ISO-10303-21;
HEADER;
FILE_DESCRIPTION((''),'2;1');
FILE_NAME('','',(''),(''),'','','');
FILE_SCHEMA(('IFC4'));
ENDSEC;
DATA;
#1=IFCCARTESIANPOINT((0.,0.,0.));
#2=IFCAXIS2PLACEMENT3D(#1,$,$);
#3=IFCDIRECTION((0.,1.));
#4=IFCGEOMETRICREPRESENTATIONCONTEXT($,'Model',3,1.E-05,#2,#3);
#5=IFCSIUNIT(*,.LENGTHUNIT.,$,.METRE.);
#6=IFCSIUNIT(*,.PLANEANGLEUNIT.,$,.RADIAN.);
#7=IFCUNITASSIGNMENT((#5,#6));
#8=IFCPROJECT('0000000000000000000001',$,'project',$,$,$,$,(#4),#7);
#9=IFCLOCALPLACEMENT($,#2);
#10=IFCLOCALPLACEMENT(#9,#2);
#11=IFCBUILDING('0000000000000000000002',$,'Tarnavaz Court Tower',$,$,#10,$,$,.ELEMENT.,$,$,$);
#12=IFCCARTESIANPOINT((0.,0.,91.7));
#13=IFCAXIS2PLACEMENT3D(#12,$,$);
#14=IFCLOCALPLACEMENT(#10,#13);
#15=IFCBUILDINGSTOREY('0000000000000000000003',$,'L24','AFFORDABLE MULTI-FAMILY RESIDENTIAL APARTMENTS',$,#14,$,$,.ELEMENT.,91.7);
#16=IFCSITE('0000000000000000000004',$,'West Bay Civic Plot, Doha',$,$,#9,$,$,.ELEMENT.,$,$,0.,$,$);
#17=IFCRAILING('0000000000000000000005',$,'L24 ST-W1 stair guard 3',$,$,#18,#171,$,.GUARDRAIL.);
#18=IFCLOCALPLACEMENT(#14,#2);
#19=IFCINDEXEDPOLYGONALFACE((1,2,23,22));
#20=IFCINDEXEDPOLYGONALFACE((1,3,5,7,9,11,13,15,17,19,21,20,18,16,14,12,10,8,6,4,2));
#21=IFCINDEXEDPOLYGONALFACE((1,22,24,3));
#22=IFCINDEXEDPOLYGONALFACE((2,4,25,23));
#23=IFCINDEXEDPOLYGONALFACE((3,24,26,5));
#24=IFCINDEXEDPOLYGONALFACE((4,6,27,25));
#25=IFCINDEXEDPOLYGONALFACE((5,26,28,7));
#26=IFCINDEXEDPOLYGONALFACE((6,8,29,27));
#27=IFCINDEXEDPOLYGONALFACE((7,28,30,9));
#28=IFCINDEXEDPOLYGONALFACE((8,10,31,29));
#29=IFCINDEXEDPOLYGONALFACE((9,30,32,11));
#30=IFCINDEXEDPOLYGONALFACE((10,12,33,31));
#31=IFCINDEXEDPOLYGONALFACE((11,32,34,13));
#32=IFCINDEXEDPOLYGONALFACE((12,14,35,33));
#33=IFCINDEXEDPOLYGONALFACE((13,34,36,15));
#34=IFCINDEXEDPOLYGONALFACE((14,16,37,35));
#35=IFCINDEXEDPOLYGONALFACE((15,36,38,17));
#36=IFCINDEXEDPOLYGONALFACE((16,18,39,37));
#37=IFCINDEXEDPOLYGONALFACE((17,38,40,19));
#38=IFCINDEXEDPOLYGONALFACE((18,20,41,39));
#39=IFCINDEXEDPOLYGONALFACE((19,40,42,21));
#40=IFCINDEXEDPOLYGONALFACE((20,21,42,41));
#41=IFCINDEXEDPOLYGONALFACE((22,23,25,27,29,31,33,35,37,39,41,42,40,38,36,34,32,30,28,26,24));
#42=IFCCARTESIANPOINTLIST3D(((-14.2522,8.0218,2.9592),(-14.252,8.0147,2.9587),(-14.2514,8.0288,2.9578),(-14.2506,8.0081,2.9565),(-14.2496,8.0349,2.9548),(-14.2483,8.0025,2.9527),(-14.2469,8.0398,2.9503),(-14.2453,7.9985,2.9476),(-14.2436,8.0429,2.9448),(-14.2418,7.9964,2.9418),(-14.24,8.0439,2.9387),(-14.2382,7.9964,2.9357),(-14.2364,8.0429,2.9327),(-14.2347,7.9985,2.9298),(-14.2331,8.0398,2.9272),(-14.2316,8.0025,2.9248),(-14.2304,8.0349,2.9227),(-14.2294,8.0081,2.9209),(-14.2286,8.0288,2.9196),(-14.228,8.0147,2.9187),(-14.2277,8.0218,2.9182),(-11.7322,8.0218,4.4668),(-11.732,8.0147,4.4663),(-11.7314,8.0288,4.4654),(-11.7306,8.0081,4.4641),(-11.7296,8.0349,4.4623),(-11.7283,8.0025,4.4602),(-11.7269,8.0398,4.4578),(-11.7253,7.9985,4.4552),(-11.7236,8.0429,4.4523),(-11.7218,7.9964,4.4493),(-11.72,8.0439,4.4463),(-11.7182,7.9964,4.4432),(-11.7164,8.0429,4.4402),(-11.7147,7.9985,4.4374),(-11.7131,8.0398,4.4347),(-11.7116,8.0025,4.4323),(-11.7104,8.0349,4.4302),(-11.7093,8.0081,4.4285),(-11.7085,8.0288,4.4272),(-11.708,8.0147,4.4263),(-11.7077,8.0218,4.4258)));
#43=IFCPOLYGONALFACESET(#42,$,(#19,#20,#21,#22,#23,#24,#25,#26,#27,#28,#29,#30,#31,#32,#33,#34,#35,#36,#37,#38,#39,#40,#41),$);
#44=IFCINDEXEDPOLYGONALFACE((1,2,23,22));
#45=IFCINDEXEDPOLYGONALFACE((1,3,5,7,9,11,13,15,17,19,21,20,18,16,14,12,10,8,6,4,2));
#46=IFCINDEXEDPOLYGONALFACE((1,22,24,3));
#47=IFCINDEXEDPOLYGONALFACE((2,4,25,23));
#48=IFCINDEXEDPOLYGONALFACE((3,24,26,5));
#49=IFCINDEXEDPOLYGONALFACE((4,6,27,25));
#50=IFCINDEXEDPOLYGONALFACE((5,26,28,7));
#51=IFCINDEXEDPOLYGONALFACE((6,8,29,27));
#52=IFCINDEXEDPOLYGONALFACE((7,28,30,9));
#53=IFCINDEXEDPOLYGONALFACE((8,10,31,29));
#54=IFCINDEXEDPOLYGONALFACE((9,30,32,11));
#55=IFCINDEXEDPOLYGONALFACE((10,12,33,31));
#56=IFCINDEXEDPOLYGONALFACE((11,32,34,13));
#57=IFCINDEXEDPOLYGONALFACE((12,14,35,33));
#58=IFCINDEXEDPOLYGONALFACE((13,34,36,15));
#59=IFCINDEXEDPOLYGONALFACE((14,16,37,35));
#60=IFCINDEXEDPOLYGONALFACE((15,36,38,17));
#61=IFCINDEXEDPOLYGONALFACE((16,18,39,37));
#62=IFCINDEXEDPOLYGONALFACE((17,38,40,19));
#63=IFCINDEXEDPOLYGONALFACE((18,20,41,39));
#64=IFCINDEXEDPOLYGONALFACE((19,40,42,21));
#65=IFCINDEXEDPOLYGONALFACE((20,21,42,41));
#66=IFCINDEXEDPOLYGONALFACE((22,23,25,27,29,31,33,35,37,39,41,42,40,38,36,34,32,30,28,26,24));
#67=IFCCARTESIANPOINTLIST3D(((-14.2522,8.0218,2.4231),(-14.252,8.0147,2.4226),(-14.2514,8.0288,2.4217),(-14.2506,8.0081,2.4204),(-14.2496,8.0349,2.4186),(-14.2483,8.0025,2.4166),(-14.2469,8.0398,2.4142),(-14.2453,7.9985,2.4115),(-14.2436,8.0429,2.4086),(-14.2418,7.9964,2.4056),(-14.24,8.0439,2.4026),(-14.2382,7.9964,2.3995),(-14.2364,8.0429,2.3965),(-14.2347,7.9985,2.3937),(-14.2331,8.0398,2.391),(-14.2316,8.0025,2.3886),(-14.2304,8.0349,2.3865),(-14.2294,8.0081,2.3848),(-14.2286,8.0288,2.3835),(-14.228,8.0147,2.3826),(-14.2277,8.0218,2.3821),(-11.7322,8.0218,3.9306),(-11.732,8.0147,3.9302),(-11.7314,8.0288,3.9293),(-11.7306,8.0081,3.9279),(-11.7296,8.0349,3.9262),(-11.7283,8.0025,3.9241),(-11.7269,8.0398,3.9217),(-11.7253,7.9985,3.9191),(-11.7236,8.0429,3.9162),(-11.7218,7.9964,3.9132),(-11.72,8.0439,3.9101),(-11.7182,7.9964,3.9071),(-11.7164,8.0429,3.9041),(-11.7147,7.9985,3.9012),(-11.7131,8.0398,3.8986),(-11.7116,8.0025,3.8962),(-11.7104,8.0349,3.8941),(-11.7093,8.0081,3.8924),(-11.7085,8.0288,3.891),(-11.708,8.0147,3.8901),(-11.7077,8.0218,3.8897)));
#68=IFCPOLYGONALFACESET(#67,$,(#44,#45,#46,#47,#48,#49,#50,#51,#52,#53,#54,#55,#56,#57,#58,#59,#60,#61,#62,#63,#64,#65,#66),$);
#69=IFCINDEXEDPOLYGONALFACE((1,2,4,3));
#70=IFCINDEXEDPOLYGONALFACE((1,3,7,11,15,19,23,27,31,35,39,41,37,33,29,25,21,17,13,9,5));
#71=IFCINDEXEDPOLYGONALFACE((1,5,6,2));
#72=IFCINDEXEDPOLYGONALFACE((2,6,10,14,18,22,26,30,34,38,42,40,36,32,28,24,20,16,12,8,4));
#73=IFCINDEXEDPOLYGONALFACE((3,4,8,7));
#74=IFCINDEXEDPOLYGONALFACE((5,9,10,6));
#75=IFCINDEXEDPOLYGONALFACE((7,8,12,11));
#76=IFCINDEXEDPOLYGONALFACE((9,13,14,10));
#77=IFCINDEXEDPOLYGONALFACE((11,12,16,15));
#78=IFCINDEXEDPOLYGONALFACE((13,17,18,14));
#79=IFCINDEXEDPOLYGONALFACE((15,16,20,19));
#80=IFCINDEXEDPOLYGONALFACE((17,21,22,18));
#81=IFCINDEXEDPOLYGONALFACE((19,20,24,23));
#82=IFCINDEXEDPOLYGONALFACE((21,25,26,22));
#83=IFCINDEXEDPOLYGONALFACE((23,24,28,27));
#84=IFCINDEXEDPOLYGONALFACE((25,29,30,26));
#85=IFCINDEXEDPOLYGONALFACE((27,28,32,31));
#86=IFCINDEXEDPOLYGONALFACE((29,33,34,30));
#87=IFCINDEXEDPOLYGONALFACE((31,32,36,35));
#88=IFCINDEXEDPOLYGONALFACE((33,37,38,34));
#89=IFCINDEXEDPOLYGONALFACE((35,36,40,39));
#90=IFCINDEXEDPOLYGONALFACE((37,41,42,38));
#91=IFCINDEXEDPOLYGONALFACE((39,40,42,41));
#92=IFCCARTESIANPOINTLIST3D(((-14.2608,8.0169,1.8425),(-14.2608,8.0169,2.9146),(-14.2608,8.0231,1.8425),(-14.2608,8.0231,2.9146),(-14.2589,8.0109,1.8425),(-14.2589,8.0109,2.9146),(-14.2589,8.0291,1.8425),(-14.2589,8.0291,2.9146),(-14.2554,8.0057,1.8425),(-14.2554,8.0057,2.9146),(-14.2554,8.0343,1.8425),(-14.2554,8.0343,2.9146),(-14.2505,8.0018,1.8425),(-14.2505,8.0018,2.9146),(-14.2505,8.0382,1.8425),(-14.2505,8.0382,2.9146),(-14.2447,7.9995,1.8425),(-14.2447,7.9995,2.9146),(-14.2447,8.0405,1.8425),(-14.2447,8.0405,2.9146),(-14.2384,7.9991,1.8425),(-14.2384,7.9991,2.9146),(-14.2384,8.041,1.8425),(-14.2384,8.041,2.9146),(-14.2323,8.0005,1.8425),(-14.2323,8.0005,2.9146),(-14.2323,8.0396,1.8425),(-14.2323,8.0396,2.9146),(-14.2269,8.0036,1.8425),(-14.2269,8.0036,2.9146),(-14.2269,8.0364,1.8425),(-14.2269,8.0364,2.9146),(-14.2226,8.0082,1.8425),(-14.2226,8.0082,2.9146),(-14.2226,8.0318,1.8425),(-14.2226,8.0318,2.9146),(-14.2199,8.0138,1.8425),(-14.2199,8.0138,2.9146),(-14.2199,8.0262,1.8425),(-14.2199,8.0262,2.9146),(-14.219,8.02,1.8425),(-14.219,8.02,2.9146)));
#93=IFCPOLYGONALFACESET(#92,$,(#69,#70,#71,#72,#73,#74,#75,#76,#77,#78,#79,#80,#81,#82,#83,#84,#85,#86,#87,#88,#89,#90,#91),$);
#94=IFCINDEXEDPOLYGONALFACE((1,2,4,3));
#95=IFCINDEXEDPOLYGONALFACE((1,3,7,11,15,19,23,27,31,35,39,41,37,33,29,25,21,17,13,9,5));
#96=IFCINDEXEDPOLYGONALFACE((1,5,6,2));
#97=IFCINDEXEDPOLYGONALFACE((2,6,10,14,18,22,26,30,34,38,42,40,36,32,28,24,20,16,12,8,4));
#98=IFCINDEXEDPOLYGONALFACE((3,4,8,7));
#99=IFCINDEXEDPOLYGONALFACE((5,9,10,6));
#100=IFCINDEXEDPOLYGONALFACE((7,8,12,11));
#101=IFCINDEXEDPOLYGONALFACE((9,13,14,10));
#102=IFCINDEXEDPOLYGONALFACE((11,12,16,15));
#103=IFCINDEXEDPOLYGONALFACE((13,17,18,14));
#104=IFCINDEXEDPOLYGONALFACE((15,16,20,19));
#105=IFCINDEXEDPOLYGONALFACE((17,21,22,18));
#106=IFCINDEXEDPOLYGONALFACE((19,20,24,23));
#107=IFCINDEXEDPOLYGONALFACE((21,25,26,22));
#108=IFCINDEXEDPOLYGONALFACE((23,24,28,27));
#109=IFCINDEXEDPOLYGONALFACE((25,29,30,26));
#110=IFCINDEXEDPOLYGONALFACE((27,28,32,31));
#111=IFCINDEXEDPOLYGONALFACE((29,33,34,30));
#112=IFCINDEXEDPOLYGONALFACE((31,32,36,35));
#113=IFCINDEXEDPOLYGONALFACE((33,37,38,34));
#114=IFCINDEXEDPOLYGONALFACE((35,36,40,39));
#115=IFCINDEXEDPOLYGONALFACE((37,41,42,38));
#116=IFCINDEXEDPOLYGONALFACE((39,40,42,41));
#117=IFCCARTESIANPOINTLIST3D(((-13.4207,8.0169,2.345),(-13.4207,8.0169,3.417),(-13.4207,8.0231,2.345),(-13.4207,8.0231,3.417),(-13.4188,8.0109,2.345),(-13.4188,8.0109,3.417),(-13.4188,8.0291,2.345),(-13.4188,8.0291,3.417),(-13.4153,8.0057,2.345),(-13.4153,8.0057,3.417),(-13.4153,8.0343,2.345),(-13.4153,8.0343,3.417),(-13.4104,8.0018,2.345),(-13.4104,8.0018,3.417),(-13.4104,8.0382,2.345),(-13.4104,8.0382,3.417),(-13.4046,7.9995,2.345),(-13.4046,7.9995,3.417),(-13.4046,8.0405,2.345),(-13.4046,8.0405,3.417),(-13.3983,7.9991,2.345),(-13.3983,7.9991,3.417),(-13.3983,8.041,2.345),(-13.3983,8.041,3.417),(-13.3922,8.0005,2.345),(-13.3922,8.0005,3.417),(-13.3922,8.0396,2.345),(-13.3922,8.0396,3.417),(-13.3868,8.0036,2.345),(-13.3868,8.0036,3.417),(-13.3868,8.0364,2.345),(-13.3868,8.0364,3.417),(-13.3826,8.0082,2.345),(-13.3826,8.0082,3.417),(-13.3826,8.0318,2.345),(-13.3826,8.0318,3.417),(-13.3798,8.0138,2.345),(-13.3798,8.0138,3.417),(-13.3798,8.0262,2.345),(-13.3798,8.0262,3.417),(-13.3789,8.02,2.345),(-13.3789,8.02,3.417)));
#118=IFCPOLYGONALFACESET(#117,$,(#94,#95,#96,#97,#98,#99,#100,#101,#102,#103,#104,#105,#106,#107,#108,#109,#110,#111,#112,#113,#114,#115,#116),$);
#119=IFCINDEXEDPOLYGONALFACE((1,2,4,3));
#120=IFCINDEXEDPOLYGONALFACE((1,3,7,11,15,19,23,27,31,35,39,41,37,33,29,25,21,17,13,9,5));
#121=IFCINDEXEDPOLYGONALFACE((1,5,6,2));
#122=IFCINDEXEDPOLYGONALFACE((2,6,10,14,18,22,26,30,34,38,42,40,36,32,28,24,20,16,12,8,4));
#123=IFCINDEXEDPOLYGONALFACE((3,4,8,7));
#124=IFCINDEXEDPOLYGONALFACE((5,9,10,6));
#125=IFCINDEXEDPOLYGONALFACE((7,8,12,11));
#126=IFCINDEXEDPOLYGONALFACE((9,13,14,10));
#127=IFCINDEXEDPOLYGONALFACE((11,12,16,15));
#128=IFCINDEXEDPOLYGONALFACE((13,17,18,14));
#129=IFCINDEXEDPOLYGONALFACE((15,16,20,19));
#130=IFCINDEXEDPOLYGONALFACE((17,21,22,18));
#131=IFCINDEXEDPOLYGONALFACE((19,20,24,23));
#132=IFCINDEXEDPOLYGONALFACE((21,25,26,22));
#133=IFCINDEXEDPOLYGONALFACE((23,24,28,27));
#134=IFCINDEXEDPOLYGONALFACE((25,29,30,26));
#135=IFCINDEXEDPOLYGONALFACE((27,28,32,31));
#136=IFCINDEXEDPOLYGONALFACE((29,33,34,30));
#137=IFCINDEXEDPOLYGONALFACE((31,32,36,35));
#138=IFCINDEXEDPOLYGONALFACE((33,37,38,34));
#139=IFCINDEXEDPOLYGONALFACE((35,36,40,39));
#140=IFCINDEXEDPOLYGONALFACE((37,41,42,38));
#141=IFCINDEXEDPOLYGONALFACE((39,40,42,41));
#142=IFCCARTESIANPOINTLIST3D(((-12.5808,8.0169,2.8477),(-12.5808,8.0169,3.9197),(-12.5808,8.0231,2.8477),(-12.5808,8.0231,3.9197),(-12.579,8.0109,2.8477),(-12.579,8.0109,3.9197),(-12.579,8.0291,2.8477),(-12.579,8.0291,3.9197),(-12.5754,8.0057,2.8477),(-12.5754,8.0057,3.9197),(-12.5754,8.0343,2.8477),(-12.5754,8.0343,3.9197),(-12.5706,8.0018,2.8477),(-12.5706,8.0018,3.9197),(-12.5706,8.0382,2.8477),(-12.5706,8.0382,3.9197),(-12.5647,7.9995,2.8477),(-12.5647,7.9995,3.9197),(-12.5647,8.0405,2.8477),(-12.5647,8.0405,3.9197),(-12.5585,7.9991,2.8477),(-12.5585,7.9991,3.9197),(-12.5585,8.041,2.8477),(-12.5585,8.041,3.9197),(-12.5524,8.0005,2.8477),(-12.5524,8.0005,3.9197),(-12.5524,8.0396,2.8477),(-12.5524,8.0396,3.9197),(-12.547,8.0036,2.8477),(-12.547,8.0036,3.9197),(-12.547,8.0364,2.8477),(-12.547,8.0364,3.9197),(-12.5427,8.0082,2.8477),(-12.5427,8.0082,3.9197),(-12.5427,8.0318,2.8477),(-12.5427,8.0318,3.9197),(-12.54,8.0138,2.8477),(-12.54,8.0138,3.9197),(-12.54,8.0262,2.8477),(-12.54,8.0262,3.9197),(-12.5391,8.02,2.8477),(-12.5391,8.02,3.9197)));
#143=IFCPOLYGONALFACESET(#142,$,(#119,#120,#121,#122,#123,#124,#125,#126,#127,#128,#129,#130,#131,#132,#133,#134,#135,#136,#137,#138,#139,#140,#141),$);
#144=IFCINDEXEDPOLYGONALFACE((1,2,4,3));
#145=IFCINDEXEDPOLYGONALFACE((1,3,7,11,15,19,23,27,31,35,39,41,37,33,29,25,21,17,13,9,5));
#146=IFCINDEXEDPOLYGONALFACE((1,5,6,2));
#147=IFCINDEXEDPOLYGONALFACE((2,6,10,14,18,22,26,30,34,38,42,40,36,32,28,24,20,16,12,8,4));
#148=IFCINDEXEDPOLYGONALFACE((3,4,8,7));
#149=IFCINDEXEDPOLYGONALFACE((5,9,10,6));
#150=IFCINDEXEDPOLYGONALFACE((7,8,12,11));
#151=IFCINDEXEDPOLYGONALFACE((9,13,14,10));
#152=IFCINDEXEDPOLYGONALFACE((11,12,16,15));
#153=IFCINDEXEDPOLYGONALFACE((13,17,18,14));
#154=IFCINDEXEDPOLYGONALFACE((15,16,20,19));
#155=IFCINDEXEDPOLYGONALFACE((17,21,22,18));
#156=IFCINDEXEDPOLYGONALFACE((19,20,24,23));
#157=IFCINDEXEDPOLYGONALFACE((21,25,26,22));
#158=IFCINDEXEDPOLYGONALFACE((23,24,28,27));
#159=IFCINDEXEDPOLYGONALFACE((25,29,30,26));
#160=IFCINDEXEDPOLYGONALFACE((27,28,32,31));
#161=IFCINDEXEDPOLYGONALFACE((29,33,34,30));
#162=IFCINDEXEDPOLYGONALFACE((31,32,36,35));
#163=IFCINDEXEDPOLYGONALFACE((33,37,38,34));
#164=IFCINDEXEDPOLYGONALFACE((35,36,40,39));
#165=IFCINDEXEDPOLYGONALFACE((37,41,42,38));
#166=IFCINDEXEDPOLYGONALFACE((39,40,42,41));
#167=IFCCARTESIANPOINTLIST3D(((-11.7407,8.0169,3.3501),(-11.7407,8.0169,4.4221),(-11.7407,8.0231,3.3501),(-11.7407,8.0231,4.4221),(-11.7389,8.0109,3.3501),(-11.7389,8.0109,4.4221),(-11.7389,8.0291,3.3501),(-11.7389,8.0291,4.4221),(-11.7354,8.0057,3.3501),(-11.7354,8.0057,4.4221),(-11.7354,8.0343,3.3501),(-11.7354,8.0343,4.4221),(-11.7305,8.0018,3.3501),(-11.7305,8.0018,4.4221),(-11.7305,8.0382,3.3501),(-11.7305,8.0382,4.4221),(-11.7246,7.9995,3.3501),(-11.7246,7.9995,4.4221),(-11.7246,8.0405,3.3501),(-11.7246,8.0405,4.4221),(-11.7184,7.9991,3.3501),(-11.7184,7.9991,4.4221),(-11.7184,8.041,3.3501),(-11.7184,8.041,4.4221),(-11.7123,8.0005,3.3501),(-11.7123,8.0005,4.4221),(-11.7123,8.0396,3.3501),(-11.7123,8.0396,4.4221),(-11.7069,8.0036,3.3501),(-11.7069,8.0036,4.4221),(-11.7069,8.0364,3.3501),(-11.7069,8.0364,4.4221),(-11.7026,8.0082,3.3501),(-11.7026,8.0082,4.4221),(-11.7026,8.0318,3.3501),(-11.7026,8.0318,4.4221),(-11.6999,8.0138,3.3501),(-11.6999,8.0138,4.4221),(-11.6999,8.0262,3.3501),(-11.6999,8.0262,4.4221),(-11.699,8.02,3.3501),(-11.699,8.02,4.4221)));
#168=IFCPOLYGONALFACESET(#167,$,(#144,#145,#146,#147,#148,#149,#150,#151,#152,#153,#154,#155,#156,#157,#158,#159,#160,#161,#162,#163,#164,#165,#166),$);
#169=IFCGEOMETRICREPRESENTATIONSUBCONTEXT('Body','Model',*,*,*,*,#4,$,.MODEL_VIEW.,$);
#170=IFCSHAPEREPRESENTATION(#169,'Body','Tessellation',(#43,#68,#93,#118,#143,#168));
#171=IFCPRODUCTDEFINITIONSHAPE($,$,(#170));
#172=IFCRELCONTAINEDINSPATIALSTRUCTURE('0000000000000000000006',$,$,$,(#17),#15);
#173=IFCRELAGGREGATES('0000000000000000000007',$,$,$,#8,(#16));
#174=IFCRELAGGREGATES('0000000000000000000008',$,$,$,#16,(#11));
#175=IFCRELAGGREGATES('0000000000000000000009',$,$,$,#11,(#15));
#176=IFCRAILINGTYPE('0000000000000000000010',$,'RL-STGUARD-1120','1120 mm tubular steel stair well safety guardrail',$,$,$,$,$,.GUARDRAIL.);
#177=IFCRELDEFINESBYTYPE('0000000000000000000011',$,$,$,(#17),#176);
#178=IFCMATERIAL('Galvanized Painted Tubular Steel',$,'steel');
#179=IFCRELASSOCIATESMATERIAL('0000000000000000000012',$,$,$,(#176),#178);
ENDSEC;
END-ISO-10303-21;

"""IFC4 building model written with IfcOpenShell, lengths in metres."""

from ifc_helpers import new_model, si_unit, direction, frame, origin, origin_2d, place, context, subcontext, project, spatial, circle, extrude, material, type_object, element, save


model = new_model("IFC4")

# Units and contexts
model_context = context("Model", 3, precision=1e-05, world=origin(), true_north=direction((0.0, 1.0)))
body_context = subcontext(model_context, "Body", "Model", "MODEL_VIEW")
ifc_project = project(units=[si_unit("LENGTHUNIT", "METRE"), si_unit("PLANEANGLEUNIT", "RADIAN")], contexts=[model_context])

# Site, building, storey
site_placement = place(None, origin())
site = spatial("IfcSite", under=ifc_project, at=site_placement, Name="West Bay Civic Plot, Doha", CompositionType="ELEMENT", RefElevation=0.0)
building_placement = place(site_placement, origin())
building = spatial("IfcBuilding", under=site, at=building_placement, Name="Tarnavaz Court Tower", CompositionType="ELEMENT")
storey_placement = place(building_placement, frame((0.0, 0.0, 91.7)))
storey = spatial("IfcBuildingStorey", under=building, at=storey_placement, Name="L24", Description="AFFORDABLE MULTI-FAMILY RESIDENTIAL APARTMENTS", CompositionType="ELEMENT", Elevation=91.7)

# Railing
ifc_material_1 = material(Name="Galvanized Painted Tubular Steel", Category="steel")
railing_type_1 = type_object("IfcRailingType", Name="RL-STGUARD-1120", Description="1120 mm tubular steel stair well safety guardrail", PredefinedType="GUARDRAIL", material=ifc_material_1)
railing_1_placement = place(storey_placement, frame((-14.24, 8.02, 1.8425)))
element("IfcRailing", 1, at=railing_1_placement, inside=storey, type_object=railing_type_1, Name="L24 ST-W1 stair guard 3", PredefinedType="GUARDRAIL", context=body_context, shape_type="SweptSolid", body=[
    extrude(circle(Radius=0.0239, at=origin_2d()), frame((0.0, 0.0, 1.0962), z_axis=(0.85816, 0.0, 0.513383), x_axis=(0.0, 1.0, 0.0)), (0.0, 0.0, 1.0), 2.9365),
    extrude(circle(Radius=0.0239, at=origin_2d()), frame((0.0, 0.0, 0.5601), z_axis=(0.85816, 0.0, 0.513383), x_axis=(0.0, 1.0, 0.0)), (0.0, 0.0, 1.0), 2.9365),
    extrude(circle(Radius=0.021, at=origin_2d()), origin(), (0.0, 0.0, 1.0), 1.072),
    extrude(circle(Radius=0.021, at=origin_2d()), frame((0.8401, 0.0, 0.5024)), (0.0, 0.0, 1.0), 1.072),
    extrude(circle(Radius=0.021, at=origin_2d()), frame((1.6799, 0.0, 1.0051)), (0.0, 0.0, 1.0), 1.072),
    extrude(circle(Radius=0.021, at=origin_2d()), frame((2.52, 0.0, 1.5076)), (0.0, 0.0, 1.0), 1.072),
])

save(model, "model.ifc")
